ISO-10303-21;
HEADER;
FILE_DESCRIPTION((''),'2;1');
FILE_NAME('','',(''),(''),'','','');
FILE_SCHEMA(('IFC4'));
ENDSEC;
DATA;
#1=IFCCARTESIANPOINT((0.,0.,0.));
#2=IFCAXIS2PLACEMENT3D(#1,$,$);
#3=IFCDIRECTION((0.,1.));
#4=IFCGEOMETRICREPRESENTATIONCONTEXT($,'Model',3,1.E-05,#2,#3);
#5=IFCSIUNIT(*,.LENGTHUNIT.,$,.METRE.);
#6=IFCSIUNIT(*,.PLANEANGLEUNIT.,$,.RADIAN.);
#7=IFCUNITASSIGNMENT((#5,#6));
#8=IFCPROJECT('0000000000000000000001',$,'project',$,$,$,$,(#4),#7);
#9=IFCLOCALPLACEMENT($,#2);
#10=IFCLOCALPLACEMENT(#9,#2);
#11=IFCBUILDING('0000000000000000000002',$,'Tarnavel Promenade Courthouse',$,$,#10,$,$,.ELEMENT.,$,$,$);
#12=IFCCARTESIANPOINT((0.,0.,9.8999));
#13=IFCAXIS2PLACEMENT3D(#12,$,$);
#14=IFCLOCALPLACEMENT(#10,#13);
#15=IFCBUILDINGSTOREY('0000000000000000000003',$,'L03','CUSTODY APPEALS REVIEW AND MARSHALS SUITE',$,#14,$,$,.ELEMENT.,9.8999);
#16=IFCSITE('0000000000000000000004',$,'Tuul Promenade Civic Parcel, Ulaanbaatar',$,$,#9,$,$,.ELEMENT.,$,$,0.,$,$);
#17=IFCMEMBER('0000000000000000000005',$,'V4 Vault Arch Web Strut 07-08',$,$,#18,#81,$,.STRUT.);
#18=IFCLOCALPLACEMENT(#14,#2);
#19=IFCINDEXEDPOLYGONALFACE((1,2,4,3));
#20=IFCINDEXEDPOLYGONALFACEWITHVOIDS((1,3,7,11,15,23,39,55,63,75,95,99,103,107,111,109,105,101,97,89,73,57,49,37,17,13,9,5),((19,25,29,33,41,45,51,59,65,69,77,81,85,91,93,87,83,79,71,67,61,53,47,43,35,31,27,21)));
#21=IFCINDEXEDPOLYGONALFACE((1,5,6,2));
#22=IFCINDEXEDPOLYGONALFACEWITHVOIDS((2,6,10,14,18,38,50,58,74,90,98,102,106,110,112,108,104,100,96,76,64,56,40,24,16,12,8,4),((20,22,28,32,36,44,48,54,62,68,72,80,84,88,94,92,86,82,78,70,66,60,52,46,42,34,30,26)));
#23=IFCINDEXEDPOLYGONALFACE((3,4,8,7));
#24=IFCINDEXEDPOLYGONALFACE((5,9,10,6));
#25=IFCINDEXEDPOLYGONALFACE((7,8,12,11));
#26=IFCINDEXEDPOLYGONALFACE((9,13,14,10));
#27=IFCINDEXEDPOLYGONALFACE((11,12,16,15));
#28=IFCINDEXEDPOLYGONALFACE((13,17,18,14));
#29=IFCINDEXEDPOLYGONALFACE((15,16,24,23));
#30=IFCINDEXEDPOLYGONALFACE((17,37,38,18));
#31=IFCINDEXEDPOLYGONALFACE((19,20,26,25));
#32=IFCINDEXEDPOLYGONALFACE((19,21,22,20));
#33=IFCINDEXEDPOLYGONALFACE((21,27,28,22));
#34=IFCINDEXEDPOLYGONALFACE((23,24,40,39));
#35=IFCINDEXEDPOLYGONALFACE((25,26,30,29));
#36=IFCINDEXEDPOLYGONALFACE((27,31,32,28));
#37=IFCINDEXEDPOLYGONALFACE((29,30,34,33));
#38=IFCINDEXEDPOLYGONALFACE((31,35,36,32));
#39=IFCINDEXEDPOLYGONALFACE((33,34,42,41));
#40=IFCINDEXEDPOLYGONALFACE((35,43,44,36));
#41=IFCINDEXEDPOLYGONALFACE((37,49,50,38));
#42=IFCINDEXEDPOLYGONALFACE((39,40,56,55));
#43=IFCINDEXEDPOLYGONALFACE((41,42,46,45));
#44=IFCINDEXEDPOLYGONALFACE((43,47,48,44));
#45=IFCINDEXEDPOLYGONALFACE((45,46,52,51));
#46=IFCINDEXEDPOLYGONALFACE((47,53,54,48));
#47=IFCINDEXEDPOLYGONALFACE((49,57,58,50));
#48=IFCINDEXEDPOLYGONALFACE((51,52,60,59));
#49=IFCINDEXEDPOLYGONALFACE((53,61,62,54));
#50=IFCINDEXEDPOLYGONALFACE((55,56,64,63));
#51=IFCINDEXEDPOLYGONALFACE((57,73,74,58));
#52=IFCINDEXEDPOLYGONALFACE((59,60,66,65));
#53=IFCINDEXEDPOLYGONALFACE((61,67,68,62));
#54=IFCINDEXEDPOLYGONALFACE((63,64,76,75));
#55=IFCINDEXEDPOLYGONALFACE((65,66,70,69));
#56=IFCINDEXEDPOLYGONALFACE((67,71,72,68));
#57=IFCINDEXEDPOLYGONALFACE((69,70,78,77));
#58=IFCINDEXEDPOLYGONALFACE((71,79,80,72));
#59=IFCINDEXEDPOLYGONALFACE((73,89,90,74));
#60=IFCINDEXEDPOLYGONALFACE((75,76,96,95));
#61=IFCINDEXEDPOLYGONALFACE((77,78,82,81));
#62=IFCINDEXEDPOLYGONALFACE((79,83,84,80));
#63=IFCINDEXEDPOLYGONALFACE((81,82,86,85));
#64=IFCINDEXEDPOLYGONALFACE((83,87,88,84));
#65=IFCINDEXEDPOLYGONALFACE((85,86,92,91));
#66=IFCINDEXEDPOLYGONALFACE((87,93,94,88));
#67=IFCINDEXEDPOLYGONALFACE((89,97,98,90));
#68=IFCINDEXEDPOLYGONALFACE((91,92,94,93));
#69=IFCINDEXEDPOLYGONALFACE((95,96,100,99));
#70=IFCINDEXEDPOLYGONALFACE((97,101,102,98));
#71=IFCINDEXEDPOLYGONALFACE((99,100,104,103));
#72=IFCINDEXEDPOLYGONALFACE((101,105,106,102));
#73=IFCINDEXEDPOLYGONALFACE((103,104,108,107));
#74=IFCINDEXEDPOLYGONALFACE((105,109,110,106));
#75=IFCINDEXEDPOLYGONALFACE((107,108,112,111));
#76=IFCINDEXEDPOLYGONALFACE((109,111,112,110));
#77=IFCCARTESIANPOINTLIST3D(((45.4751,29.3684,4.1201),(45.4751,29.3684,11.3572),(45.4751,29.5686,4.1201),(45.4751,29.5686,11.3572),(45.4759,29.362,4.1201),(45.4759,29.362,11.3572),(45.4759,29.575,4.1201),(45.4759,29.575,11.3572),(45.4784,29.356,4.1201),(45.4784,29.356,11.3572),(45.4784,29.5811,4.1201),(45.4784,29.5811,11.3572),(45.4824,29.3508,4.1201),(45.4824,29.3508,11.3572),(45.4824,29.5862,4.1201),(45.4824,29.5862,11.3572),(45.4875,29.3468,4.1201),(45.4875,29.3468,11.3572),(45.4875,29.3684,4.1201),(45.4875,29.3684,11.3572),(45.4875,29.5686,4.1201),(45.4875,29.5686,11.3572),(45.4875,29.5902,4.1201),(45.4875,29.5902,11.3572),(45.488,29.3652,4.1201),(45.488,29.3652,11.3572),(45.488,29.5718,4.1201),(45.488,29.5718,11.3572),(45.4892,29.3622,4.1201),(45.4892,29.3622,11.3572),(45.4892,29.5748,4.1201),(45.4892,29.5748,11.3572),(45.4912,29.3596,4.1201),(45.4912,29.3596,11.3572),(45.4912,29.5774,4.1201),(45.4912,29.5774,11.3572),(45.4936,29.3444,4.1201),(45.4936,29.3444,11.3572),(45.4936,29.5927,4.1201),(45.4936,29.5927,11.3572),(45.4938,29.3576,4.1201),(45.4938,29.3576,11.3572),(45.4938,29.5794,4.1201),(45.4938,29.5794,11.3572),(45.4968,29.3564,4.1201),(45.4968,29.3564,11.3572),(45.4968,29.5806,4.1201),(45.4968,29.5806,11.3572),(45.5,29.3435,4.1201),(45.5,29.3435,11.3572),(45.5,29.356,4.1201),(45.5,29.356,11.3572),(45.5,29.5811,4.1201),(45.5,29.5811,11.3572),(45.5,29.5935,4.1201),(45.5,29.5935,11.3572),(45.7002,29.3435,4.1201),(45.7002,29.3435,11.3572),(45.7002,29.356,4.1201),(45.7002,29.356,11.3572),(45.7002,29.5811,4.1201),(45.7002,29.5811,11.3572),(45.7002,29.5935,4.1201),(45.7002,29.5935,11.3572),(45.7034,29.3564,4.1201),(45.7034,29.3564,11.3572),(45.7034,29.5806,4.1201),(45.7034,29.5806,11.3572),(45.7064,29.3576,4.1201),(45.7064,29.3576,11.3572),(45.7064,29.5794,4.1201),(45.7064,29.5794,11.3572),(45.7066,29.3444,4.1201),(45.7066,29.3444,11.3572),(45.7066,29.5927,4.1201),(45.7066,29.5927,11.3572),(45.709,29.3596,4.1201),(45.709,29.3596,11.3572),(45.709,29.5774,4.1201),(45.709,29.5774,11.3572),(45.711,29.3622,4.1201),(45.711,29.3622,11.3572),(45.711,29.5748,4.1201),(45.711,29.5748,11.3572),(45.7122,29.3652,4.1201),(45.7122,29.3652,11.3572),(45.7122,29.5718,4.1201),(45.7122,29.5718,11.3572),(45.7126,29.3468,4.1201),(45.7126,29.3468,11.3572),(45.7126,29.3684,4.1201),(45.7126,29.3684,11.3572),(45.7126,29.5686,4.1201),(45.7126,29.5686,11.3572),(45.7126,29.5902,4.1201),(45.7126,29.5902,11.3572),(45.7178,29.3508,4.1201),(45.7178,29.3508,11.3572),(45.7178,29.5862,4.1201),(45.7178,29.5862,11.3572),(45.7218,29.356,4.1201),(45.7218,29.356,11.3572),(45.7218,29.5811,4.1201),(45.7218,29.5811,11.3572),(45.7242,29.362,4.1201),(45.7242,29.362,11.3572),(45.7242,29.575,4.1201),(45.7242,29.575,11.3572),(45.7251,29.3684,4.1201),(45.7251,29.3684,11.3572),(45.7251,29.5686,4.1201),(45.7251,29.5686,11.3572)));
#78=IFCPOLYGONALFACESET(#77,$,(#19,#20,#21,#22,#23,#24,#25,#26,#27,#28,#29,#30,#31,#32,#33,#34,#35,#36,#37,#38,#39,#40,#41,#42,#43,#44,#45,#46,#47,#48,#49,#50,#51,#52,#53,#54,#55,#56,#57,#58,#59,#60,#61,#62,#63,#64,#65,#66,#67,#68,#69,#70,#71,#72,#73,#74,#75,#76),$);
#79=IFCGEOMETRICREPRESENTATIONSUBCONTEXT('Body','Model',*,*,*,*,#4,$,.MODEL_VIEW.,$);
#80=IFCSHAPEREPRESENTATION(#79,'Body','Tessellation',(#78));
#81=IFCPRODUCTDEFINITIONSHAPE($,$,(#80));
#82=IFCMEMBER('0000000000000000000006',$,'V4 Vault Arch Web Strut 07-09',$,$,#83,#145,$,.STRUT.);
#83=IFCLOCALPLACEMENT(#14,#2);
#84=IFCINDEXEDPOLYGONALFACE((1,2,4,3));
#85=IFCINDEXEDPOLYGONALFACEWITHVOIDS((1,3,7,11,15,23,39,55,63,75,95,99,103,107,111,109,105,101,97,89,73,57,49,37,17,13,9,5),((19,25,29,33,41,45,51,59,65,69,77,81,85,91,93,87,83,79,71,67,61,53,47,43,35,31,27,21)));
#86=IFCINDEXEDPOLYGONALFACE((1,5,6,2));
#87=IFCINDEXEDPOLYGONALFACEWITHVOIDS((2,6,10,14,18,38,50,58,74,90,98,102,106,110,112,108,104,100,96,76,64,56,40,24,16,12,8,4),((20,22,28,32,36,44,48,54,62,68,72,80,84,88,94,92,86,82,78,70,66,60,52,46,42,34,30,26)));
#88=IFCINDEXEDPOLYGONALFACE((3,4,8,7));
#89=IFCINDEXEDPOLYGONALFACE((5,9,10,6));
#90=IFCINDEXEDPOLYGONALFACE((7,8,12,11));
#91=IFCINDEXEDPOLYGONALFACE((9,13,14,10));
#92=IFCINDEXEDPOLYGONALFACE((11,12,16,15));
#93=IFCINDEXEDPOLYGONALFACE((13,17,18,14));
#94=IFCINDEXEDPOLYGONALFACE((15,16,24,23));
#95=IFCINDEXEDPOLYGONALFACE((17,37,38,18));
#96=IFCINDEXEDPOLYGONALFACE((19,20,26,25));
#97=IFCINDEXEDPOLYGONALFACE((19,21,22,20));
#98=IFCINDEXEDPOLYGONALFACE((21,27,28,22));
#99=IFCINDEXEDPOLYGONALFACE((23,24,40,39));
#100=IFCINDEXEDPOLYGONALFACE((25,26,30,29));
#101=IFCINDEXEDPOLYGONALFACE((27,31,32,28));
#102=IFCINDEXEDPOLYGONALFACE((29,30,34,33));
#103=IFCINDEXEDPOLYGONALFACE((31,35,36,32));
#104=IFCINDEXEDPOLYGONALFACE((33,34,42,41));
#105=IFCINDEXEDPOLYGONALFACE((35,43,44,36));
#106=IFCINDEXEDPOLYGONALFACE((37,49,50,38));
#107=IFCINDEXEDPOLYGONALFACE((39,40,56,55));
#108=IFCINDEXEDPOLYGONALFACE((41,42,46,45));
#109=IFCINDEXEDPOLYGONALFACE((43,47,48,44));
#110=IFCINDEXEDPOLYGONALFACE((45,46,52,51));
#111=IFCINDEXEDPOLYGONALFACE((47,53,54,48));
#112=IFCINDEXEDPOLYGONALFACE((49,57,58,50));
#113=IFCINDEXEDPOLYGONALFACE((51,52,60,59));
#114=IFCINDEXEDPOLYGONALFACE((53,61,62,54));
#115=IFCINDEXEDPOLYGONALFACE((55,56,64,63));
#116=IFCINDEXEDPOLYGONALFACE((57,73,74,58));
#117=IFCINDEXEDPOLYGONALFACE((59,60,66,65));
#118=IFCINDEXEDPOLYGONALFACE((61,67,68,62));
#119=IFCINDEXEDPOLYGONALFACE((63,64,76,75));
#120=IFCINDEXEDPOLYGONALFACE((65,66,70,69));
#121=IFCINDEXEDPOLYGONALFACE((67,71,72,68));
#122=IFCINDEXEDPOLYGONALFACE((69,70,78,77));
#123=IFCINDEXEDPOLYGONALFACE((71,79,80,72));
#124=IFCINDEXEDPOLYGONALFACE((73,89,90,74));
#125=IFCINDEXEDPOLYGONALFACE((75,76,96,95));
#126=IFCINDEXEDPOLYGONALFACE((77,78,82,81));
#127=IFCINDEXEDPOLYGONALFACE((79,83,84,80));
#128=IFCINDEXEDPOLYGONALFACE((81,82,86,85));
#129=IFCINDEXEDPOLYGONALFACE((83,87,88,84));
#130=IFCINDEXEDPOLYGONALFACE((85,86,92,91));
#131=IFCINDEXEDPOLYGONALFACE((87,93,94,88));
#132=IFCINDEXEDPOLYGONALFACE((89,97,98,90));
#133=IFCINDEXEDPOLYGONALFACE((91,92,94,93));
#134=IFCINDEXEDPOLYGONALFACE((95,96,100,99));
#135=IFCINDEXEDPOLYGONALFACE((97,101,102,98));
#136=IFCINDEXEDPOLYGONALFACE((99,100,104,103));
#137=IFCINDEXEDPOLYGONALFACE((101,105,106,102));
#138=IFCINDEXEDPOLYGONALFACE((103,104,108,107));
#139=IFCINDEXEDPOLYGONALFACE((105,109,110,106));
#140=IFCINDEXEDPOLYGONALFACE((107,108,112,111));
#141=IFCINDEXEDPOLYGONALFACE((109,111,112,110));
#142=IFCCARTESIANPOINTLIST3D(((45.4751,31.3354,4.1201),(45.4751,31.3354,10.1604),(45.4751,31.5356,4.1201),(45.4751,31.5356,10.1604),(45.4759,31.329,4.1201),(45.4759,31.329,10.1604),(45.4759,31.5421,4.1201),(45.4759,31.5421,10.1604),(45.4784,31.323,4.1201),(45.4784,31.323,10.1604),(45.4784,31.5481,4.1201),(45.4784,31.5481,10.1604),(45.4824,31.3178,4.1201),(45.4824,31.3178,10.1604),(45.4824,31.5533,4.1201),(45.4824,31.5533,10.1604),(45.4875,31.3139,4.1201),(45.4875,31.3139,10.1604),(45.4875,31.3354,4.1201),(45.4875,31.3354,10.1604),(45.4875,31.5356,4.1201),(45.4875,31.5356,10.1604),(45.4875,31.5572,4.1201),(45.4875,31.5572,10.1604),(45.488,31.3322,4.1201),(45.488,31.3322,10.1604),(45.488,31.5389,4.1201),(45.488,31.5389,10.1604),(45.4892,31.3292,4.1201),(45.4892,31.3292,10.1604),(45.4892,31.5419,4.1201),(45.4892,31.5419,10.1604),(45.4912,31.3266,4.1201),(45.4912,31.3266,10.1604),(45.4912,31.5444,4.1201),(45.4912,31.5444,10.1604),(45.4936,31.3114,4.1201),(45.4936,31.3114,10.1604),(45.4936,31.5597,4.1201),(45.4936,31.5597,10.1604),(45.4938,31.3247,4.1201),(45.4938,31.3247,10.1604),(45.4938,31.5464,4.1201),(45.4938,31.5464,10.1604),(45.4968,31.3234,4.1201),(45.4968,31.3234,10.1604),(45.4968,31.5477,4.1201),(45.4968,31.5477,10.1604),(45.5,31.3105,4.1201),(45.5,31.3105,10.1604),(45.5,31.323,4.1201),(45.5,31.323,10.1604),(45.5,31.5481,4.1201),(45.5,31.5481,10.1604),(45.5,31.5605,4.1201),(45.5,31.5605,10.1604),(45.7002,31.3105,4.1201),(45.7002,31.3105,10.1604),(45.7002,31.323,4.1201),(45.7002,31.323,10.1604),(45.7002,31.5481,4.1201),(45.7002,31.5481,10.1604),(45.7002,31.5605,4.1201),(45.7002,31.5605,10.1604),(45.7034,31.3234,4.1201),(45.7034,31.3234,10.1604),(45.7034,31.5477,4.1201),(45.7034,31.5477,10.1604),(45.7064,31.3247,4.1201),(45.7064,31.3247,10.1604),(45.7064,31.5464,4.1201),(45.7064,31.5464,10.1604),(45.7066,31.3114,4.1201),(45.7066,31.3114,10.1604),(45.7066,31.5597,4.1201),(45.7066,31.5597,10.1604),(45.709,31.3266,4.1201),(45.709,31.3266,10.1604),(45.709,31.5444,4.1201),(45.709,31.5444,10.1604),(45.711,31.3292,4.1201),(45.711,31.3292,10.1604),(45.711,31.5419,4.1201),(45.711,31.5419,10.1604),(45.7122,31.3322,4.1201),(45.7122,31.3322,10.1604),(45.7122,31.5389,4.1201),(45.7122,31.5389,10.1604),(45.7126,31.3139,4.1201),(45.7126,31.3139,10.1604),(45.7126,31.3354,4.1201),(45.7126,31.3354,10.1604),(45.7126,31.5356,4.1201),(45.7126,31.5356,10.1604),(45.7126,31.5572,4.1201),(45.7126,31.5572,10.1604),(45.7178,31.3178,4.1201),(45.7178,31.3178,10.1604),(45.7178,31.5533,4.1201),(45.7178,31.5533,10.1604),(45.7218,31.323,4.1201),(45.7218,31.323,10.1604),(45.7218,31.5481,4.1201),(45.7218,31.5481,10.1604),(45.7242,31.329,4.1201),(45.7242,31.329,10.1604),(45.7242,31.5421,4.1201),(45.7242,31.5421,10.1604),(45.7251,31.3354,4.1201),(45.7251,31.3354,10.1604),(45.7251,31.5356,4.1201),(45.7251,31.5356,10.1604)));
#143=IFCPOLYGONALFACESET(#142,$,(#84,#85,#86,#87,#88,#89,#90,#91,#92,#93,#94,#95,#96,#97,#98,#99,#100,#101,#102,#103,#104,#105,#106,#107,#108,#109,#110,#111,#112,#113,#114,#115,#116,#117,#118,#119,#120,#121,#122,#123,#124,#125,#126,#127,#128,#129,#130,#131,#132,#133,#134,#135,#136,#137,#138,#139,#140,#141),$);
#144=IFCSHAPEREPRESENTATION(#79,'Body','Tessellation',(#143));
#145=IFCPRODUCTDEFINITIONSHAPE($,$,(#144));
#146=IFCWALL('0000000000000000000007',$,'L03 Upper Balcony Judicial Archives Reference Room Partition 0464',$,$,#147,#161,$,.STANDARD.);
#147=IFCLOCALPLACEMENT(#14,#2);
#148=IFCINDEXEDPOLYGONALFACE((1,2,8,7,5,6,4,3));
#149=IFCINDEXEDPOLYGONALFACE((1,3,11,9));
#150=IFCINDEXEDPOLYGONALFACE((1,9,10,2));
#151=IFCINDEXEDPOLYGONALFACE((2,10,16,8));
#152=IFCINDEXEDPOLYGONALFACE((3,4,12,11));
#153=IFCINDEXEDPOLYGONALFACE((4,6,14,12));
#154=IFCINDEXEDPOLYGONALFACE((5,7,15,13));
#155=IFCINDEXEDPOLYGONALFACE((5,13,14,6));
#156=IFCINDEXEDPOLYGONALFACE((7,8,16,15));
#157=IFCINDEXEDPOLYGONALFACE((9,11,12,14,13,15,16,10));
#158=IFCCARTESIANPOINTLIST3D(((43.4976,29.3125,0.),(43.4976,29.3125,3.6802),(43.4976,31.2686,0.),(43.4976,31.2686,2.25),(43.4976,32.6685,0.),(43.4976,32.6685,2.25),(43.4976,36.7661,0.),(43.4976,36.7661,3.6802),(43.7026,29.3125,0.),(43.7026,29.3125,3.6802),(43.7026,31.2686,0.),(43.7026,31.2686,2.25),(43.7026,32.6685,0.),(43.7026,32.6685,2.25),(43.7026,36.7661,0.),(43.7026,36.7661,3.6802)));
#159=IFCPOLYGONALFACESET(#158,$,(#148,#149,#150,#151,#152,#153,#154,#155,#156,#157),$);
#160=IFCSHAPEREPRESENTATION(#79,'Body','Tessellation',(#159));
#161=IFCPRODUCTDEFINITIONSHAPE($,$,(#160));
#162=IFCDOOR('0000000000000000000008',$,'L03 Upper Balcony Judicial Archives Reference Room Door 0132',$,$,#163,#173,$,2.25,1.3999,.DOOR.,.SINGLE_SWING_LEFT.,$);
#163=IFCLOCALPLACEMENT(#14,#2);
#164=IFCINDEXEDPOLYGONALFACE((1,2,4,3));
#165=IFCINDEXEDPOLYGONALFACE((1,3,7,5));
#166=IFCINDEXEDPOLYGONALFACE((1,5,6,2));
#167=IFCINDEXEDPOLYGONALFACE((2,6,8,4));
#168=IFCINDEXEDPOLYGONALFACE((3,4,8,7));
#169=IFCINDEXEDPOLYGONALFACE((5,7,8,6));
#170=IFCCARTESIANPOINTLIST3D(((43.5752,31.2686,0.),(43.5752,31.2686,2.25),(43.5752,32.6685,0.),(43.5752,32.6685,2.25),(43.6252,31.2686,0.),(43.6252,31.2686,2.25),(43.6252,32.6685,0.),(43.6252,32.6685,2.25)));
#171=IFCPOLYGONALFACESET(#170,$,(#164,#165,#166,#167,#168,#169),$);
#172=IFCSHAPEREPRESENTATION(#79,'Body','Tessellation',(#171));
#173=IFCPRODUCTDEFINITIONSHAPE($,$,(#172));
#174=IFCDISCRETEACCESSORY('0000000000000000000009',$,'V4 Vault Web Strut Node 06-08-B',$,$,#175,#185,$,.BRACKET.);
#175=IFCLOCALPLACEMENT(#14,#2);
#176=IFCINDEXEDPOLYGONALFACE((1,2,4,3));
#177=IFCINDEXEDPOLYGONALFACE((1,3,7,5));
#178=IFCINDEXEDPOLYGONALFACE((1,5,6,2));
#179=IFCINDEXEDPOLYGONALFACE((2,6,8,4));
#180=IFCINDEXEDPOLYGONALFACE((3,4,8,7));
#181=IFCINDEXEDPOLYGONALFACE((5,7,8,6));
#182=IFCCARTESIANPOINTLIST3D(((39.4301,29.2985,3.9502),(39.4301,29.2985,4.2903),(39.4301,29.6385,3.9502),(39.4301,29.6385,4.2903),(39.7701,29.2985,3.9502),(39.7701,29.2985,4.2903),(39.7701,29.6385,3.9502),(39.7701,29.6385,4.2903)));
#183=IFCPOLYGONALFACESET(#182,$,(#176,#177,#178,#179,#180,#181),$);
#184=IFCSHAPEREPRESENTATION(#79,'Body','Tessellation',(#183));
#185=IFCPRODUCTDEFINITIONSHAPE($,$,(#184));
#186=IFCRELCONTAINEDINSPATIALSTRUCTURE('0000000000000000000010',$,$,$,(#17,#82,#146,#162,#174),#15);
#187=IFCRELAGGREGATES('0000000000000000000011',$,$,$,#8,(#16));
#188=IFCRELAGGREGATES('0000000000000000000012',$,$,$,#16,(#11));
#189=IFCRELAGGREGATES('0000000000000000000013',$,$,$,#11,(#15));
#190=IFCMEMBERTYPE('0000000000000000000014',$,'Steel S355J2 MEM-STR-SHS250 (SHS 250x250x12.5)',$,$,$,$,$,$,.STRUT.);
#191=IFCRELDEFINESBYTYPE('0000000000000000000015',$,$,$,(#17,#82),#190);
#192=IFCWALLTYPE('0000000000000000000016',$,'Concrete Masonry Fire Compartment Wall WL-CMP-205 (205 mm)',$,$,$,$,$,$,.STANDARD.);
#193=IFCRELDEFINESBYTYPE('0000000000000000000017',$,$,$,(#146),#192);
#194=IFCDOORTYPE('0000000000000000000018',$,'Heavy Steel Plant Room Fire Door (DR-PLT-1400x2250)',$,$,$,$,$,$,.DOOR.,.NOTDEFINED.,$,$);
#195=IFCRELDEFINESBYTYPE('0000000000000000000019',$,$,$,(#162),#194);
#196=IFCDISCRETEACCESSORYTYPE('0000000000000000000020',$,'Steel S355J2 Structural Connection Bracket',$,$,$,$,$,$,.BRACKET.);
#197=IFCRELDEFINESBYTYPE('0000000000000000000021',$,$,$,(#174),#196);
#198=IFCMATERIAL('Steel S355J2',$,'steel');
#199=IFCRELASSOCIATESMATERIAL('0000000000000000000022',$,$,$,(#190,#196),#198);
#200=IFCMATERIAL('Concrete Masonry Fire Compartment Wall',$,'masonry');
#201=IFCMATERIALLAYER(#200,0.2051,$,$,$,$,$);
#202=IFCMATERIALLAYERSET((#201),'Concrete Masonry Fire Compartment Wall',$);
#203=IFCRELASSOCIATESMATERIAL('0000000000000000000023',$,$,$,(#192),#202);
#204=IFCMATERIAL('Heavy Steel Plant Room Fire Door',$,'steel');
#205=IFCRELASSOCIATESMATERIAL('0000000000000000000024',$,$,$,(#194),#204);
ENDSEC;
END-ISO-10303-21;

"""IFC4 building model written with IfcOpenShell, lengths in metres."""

from ifc_helpers import new_model, si_unit, direction, frame, frame_2d, origin, origin_2d, place, context, subcontext, project, spatial, rectangle, hollow_rectangle, extrude, material, layer, layer_set, material_profile, profile_set, type_object, element, fill, save


model = new_model("IFC4")

# Units and contexts
model_context = context("Model", 3, precision=1e-05, world=origin(), true_north=direction((0.0, 1.0)))
body_context = subcontext(model_context, "Body", "Model", "MODEL_VIEW")
ifc_project = project(units=[si_unit("LENGTHUNIT", "METRE"), si_unit("PLANEANGLEUNIT", "RADIAN")], contexts=[model_context])

# Site, building, storey
site_placement = place(None, origin())
site = spatial("IfcSite", under=ifc_project, at=site_placement, Name="Tuul Promenade Civic Parcel, Ulaanbaatar", CompositionType="ELEMENT", RefElevation=0.0)
building_placement = place(site_placement, origin())
building = spatial("IfcBuilding", under=site, at=building_placement, Name="Tarnavel Promenade Courthouse", CompositionType="ELEMENT")
storey_placement = place(building_placement, frame((0.0, 0.0, 9.8999)))
storey = spatial("IfcBuildingStorey", under=building, at=storey_placement, Name="L03", Description="CUSTODY APPEALS REVIEW AND MARSHALS SUITE", CompositionType="ELEMENT", Elevation=9.8999)

# Shared definitions
ifc_material_1 = material(Name="Steel S355J2", Category="steel")

# Members
ifc_material_profile_1 = material_profile(ifc_material_1, hollow_rectangle(XDim=0.25, YDim=0.25, WallThickness=0.0125, InnerFilletRadius=0.0125, OuterFilletRadius=0.0249, at=origin_2d()), Name="SHS 250x250x12.5")
ifc_profile_set_1 = profile_set([ifc_material_profile_1], Name="Steel S355J2")
member_type_1 = type_object("IfcMemberType", Name="Steel S355J2 MEM-STR-SHS250 (SHS 250x250x12.5)", PredefinedType="STRUT", material=ifc_profile_set_1)
member_1_placement = place(storey_placement, frame((45.6001, 29.4685, 4.1201), z_axis=(0.0, 0.0, 1.0), x_axis=(1.0, 0.0, 0.0)))
element("IfcMember", 1, at=member_1_placement, inside=storey, type_object=member_type_1, Name="V4 Vault Arch Web Strut 07-08", PredefinedType="STRUT", context=body_context, shape_type="SweptSolid", body=[
    extrude(hollow_rectangle(XDim=0.25, YDim=0.25, WallThickness=0.0125, InnerFilletRadius=0.0125, OuterFilletRadius=0.0249, at=origin_2d()), origin(), (0.0, 0.0, 1.0), 7.2371),
])
member_2_placement = place(storey_placement, frame((45.6001, 31.4355, 4.1201), z_axis=(0.0, 0.0, 1.0), x_axis=(1.0, 0.0, 0.0)))
element("IfcMember", 2, at=member_2_placement, inside=storey, type_object=member_type_1, Name="V4 Vault Arch Web Strut 07-09", PredefinedType="STRUT", context=body_context, shape_type="SweptSolid", body=[
    extrude(hollow_rectangle(XDim=0.25, YDim=0.25, WallThickness=0.0125, InnerFilletRadius=0.0125, OuterFilletRadius=0.0249, at=origin_2d()), origin(), (0.0, 0.0, 1.0), 6.0403),
])

# Wall, opening, door
ifc_material_2 = material(Name="Concrete Masonry Fire Compartment Wall", Category="masonry")
ifc_layer = layer(ifc_material_2, 0.2051)
ifc_layer_set = layer_set([ifc_layer], Name="Concrete Masonry Fire Compartment Wall")
wall_type = type_object("IfcWallType", Name="Concrete Masonry Fire Compartment Wall WL-CMP-205 (205 mm)", PredefinedType="STANDARD", material=ifc_layer_set)
wall_placement = place(storey_placement, frame((43.6001, 29.3125, 0.0), z_axis=(0.0, 0.0, 1.0), x_axis=(0.0, 1.0, 0.0)))
wall = element("IfcWall", 3, at=wall_placement, inside=storey, type_object=wall_type, Name="L03 Upper Balcony Judicial Archives Reference Room Partition 0464", PredefinedType="STANDARD", context=body_context, shape_type="SweptSolid", body=[
    extrude(rectangle(XDim=7.4536, YDim=0.2051, at=frame_2d((3.7268, 0.0))), origin(), (0.0, 0.0, 1.0), 3.6802),
])
opening_placement = place(wall_placement, frame((1.9561, 0.0, 0.0)))
opening = element("IfcOpeningElement", 4, at=opening_placement, cuts=wall, PredefinedType="OPENING", context=body_context, shape_type="SweptSolid", body=[
    extrude(rectangle(XDim=1.3999, YDim=2.25, at=frame_2d((0.7, 1.125))), frame((0.0, 0.1125, 0.0), z_axis=(0.0, -1.0, 0.0), x_axis=(1.0, 0.0, 0.0)), (0.0, 0.0, 1.0), 0.2251),
])
ifc_material_3 = material(Name="Heavy Steel Plant Room Fire Door", Category="steel")
door_type = type_object("IfcDoorType", Name="Heavy Steel Plant Room Fire Door (DR-PLT-1400x2250)", OperationType="NOTDEFINED", PredefinedType="DOOR", material=ifc_material_3)
door_placement = place(opening_placement, origin())
door = element("IfcDoor", 5, at=door_placement, inside=storey, type_object=door_type, Name="L03 Upper Balcony Judicial Archives Reference Room Door 0132", OperationType="SINGLE_SWING_LEFT", OverallHeight=2.25, OverallWidth=1.3999, PredefinedType="DOOR", context=body_context, shape_type="SweptSolid", body=[
    extrude(rectangle(XDim=1.3999, YDim=2.25, at=frame_2d((0.7, 1.125))), frame((0.0, 0.0249, 0.0), z_axis=(0.0, -1.0, 0.0), x_axis=(1.0, 0.0, 0.0)), (0.0, 0.0, 1.0), 0.05),
])
fill(opening, door)

# Discrete accessory
discrete_accessory_type = type_object("IfcDiscreteAccessoryType", Name="Steel S355J2 Structural Connection Bracket", PredefinedType="BRACKET", material=ifc_material_1)
for number, where, z_axis, x_axis, name in (
    (6, (39.6001, 29.4685, 3.9502), (0.0, 0.0, 1.0), (1.0, 0.0, 0.0), "V4 Vault Web Strut Node 06-08-B"),
):
    element("IfcDiscreteAccessory", number, at=place(storey_placement, frame(where, z_axis=z_axis, x_axis=x_axis)), inside=storey, type_object=discrete_accessory_type, Name=name, PredefinedType="BRACKET", context=body_context, shape_type="SweptSolid", body=[
        extrude(rectangle(XDim=0.3401, YDim=0.3401, at=origin_2d()), origin(), (0.0, 0.0, 1.0), 0.3401),
    ])

save(model, "model.ifc")
